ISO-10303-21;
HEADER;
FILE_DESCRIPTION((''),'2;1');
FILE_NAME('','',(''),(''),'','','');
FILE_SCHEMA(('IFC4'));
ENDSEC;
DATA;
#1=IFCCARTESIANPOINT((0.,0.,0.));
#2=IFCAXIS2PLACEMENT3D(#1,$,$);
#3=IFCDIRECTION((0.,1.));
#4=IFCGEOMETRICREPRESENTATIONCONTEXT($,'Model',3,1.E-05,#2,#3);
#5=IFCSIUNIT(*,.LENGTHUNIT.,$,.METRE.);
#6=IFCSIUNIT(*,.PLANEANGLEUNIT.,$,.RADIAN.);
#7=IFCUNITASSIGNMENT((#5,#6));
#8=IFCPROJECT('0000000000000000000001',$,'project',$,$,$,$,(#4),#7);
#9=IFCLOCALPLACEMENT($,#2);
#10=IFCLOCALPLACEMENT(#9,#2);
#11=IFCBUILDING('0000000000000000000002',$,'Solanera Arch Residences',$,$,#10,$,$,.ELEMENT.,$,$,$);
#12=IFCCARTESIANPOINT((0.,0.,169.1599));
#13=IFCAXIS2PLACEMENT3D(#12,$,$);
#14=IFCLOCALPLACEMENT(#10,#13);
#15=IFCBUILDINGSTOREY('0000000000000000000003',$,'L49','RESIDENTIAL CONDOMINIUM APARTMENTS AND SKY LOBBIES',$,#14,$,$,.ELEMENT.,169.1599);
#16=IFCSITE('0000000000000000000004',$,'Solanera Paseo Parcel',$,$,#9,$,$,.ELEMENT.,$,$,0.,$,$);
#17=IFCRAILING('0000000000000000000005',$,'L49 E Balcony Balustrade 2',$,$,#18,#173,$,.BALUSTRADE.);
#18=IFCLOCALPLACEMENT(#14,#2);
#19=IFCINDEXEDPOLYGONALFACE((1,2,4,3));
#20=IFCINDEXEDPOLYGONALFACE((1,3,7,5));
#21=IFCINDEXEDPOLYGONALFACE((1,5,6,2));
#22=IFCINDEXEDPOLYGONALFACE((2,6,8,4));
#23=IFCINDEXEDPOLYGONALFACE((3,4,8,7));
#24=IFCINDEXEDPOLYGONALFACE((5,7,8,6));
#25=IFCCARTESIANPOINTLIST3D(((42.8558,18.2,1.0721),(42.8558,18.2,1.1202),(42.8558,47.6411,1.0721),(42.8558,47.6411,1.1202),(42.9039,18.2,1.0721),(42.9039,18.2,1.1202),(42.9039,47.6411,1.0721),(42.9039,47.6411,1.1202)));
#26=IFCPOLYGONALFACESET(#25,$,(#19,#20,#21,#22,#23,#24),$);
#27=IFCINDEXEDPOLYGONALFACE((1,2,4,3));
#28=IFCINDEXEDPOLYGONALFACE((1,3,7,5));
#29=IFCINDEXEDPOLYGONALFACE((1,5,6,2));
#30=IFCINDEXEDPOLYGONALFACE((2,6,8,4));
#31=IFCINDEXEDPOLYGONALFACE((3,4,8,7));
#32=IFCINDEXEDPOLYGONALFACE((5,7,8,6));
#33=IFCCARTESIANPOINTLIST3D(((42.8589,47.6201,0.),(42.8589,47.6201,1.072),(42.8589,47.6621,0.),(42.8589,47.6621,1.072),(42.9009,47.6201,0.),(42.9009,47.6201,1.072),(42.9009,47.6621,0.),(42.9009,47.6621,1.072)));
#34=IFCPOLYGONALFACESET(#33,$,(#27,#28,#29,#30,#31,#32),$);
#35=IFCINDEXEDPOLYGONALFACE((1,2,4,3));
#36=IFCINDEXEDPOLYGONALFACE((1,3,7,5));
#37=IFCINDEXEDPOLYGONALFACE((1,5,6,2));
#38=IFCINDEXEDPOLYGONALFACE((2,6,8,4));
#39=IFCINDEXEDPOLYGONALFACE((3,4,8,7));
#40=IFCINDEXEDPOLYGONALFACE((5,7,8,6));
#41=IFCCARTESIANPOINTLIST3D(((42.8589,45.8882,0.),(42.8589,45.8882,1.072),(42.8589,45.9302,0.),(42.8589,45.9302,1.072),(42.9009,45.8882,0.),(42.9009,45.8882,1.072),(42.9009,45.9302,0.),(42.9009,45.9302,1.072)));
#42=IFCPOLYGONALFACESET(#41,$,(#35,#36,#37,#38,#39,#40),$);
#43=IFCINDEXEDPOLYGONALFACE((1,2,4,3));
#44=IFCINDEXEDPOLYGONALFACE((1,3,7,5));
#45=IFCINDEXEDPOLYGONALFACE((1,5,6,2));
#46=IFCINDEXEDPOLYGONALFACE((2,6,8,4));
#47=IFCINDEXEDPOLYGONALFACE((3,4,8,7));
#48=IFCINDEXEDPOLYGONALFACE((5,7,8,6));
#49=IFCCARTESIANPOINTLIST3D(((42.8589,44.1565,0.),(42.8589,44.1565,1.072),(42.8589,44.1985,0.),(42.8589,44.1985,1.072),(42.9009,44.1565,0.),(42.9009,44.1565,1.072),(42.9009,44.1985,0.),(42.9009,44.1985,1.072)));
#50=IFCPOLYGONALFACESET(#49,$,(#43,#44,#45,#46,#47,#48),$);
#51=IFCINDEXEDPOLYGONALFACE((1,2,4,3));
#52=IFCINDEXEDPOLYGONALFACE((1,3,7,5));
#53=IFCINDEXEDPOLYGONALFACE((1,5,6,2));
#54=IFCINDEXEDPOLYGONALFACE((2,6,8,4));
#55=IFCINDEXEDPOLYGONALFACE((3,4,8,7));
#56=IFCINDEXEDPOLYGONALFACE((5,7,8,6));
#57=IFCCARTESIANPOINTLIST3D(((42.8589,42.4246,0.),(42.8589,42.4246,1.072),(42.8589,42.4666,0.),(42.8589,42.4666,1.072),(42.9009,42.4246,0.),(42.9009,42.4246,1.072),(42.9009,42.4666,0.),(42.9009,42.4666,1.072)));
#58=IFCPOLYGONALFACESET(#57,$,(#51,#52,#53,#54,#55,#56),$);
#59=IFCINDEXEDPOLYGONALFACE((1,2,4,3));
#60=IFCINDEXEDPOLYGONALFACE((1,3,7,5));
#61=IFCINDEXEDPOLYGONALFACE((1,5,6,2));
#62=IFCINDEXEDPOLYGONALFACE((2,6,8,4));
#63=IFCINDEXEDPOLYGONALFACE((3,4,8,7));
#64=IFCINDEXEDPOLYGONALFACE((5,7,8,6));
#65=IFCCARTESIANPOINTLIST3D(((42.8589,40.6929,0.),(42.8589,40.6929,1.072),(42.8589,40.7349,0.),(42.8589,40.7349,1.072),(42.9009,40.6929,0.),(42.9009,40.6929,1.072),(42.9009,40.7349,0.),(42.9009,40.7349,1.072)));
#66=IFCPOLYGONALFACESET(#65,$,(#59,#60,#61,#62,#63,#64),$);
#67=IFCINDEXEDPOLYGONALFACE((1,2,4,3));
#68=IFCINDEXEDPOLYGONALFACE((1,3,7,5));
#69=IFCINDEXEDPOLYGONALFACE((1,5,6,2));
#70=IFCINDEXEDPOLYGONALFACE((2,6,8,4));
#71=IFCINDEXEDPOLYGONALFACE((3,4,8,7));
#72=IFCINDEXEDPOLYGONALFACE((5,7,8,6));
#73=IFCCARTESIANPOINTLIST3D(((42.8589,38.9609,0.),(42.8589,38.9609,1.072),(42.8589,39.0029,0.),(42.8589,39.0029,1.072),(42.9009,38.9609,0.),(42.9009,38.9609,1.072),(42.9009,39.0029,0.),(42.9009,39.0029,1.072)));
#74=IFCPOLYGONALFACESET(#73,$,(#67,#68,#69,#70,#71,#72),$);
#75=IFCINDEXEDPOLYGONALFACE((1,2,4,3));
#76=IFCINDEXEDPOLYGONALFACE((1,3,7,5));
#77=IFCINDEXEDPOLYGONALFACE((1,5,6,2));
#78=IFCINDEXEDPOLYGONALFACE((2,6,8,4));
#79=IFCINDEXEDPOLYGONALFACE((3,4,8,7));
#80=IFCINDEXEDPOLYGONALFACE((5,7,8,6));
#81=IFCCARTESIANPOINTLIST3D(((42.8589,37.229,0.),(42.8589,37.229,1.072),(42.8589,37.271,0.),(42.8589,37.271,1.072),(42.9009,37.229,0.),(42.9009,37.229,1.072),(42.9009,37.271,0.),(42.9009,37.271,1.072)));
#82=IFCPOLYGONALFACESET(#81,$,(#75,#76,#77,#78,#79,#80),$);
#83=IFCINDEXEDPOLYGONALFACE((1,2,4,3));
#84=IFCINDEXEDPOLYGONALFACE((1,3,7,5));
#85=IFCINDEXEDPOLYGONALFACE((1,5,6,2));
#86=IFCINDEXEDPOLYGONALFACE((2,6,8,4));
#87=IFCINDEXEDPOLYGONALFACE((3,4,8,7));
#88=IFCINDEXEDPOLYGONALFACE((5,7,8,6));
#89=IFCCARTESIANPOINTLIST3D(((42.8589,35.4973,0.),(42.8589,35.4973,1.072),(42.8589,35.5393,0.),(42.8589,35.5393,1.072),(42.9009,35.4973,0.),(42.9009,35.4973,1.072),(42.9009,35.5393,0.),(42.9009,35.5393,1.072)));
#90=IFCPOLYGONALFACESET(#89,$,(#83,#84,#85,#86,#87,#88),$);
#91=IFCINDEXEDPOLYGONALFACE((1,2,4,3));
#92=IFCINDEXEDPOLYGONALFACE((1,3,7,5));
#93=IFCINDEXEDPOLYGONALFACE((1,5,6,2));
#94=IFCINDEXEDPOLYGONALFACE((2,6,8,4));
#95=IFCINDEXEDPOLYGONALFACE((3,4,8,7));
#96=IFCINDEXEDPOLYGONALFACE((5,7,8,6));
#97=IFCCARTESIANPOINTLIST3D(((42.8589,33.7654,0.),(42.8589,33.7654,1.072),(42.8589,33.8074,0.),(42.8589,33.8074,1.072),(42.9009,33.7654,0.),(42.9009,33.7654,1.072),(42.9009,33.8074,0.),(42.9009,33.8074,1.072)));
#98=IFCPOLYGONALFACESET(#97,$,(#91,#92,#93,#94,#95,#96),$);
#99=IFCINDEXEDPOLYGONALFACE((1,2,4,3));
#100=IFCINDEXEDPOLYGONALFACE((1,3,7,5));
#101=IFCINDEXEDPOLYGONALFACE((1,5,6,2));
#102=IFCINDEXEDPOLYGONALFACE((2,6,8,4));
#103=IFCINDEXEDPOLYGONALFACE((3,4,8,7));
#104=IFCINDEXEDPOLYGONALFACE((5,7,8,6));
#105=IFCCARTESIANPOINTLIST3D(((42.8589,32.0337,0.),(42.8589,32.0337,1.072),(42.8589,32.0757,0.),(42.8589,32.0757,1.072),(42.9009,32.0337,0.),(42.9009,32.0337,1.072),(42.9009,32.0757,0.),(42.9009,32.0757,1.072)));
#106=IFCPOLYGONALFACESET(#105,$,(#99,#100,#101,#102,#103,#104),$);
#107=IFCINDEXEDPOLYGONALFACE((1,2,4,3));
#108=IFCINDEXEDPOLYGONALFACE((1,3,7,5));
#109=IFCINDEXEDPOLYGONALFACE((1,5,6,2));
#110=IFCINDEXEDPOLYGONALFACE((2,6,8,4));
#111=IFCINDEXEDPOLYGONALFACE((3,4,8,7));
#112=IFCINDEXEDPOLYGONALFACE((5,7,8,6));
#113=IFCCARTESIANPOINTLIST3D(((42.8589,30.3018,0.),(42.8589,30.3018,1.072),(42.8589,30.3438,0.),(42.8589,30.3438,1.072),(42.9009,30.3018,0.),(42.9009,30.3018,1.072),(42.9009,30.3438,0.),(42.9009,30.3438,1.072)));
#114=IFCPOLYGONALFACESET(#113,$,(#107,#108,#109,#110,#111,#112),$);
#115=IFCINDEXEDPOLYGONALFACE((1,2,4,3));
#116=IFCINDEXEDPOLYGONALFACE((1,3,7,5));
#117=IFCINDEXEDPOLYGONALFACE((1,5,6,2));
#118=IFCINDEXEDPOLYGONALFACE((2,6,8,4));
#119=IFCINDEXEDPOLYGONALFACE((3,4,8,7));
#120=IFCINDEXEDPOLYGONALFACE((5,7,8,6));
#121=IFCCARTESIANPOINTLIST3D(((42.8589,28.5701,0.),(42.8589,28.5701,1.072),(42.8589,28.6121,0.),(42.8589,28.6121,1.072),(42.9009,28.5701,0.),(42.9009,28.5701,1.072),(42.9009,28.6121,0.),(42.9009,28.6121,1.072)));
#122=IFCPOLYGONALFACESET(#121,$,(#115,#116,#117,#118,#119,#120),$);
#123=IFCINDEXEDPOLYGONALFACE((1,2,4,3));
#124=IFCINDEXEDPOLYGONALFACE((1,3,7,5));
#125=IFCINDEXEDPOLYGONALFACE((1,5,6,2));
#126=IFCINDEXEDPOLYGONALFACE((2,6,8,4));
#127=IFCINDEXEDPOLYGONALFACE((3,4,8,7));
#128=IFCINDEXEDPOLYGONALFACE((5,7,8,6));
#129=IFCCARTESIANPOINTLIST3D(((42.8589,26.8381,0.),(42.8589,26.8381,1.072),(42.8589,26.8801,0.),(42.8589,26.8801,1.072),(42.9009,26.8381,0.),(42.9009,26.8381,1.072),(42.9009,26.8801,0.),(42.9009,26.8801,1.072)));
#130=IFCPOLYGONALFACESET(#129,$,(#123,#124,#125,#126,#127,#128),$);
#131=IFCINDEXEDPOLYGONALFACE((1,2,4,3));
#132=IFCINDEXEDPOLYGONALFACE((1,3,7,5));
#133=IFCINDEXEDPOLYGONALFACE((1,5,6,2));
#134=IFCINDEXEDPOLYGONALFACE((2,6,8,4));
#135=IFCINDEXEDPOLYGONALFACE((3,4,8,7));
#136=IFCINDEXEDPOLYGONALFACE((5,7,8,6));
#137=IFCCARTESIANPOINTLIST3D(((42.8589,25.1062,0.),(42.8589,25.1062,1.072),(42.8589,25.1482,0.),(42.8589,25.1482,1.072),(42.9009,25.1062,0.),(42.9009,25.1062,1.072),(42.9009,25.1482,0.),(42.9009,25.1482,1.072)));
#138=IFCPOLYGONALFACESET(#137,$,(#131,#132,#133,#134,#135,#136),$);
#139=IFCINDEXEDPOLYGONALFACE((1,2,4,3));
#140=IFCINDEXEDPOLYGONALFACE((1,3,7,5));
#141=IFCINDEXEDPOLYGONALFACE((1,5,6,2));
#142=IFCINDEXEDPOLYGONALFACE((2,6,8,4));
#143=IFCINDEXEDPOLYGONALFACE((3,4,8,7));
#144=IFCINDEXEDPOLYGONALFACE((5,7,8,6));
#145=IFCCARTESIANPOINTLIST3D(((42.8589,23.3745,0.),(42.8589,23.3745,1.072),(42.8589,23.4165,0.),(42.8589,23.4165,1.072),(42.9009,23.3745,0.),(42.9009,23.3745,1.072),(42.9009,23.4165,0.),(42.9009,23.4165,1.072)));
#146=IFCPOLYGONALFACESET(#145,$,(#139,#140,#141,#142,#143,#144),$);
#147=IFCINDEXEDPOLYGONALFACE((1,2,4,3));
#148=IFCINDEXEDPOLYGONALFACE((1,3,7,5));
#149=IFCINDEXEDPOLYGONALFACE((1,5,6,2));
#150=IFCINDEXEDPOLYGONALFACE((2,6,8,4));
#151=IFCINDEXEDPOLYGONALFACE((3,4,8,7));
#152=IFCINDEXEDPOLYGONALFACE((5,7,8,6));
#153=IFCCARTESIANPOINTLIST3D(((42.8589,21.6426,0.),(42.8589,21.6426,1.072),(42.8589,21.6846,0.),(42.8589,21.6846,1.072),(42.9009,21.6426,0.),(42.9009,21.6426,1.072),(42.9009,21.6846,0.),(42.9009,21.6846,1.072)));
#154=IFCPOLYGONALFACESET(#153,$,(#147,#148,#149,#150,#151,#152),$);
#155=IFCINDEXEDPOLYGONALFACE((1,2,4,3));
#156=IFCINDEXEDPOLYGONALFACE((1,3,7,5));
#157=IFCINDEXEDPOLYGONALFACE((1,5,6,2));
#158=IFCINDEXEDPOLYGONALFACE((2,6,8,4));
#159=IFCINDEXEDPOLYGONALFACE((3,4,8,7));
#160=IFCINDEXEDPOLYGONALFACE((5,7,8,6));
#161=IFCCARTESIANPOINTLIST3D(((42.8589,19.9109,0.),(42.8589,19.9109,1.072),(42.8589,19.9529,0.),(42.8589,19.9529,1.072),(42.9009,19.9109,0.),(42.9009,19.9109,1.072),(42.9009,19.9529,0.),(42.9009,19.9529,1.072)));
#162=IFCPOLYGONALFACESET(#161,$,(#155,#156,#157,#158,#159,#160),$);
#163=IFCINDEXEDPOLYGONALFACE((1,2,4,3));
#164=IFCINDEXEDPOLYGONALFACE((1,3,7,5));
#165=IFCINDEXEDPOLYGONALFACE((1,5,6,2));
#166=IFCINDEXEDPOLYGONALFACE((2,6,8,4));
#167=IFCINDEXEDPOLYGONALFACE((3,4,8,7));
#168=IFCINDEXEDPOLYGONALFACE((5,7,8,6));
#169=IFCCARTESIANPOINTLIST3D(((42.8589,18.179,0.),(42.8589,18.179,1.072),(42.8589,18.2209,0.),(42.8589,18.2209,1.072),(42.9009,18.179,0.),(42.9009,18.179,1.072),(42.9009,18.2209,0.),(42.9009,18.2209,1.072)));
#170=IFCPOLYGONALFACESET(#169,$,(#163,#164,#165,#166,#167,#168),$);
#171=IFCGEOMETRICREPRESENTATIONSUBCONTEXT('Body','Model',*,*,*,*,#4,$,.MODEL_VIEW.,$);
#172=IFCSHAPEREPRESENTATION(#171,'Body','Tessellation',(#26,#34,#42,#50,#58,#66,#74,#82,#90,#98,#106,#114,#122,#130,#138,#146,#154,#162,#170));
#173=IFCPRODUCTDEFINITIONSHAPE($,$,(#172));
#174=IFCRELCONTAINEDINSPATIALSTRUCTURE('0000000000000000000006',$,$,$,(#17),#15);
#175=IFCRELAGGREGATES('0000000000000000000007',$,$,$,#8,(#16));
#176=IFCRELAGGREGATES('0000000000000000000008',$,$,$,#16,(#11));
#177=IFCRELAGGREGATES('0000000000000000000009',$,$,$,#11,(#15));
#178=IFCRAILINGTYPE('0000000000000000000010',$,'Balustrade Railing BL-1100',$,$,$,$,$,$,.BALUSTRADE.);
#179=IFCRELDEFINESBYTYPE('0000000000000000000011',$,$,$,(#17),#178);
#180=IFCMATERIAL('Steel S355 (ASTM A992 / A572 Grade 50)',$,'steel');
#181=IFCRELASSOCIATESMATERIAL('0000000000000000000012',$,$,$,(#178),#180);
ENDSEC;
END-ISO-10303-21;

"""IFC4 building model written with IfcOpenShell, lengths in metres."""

from ifc_helpers import new_model, si_unit, direction, frame, origin, origin_2d, place, context, subcontext, project, spatial, rectangle, extrude, material, type_object, element, save


model = new_model("IFC4")

# Units and contexts
model_context = context("Model", 3, precision=1e-05, world=origin(), true_north=direction((0.0, 1.0)))
body_context = subcontext(model_context, "Body", "Model", "MODEL_VIEW")
ifc_project = project(units=[si_unit("LENGTHUNIT", "METRE"), si_unit("PLANEANGLEUNIT", "RADIAN")], contexts=[model_context])

# Site, building, storey
site_placement = place(None, origin())
site = spatial("IfcSite", under=ifc_project, at=site_placement, Name="Solanera Paseo Parcel", CompositionType="ELEMENT", RefElevation=0.0)
building_placement = place(site_placement, origin())
building = spatial("IfcBuilding", under=site, at=building_placement, Name="Solanera Arch Residences", CompositionType="ELEMENT")
storey_placement = place(building_placement, frame((0.0, 0.0, 169.1599)))
storey = spatial("IfcBuildingStorey", under=building, at=storey_placement, Name="L49", Description="RESIDENTIAL CONDOMINIUM APARTMENTS AND SKY LOBBIES", CompositionType="ELEMENT", Elevation=169.1599)

# Railing
ifc_material_1 = material(Name="Steel S355 (ASTM A992 / A572 Grade 50)", Category="steel")
railing_type = type_object("IfcRailingType", Name="Balustrade Railing BL-1100", PredefinedType="BALUSTRADE", material=ifc_material_1)
railing_1_placement = place(storey_placement, frame((42.8799, 47.6411, 0.0)))
element("IfcRailing", 1, at=railing_1_placement, inside=storey, type_object=railing_type, Name="L49 E Balcony Balustrade 2", PredefinedType="BALUSTRADE", context=body_context, shape_type="SweptSolid", body=[
    extrude(rectangle(XDim=0.0481, YDim=0.0481, at=origin_2d()), frame((0.0, 0.0, 1.0962), z_axis=(0.0, -1.0, 0.0), x_axis=(1.0, 0.0, 0.0)), (0.0, 0.0, 1.0), 29.4412),
    extrude(rectangle(XDim=0.042, YDim=0.042, at=origin_2d()), origin(), (0.0, 0.0, 1.0), 1.072),
    extrude(rectangle(XDim=0.042, YDim=0.042, at=origin_2d()), frame((0.0, -1.7319, 0.0)), (0.0, 0.0, 1.0), 1.072),
    extrude(rectangle(XDim=0.042, YDim=0.042, at=origin_2d()), frame((0.0, -3.4636, 0.0)), (0.0, 0.0, 1.0), 1.072),
    extrude(rectangle(XDim=0.042, YDim=0.042, at=origin_2d()), frame((0.0, -5.1956, 0.0)), (0.0, 0.0, 1.0), 1.072),
    extrude(rectangle(XDim=0.042, YDim=0.042, at=origin_2d()), frame((0.0, -6.9272, 0.0)), (0.0, 0.0, 1.0), 1.072),
    extrude(rectangle(XDim=0.042, YDim=0.042, at=origin_2d()), frame((0.0, -8.6592, 0.0)), (0.0, 0.0, 1.0), 1.072),
    extrude(rectangle(XDim=0.042, YDim=0.042, at=origin_2d()), frame((0.0, -10.3911, 0.0)), (0.0, 0.0, 1.0), 1.072),
    extrude(rectangle(XDim=0.042, YDim=0.042, at=origin_2d()), frame((0.0, -12.1228, 0.0)), (0.0, 0.0, 1.0), 1.072),
    extrude(rectangle(XDim=0.042, YDim=0.042, at=origin_2d()), frame((0.0, -13.8547, 0.0)), (0.0, 0.0, 1.0), 1.072),
    extrude(rectangle(XDim=0.042, YDim=0.042, at=origin_2d()), frame((0.0, -15.5864, 0.0)), (0.0, 0.0, 1.0), 1.072),
    extrude(rectangle(XDim=0.042, YDim=0.042, at=origin_2d()), frame((0.0, -17.3184, 0.0)), (0.0, 0.0, 1.0), 1.072),
    extrude(rectangle(XDim=0.042, YDim=0.042, at=origin_2d()), frame((0.0, -19.05, 0.0)), (0.0, 0.0, 1.0), 1.072),
    extrude(rectangle(XDim=0.042, YDim=0.042, at=origin_2d()), frame((0.0, -20.782, 0.0)), (0.0, 0.0, 1.0), 1.072),
    extrude(rectangle(XDim=0.042, YDim=0.042, at=origin_2d()), frame((0.0, -22.5139, 0.0)), (0.0, 0.0, 1.0), 1.072),
    extrude(rectangle(XDim=0.042, YDim=0.042, at=origin_2d()), frame((0.0, -24.2456, 0.0)), (0.0, 0.0, 1.0), 1.072),
    extrude(rectangle(XDim=0.042, YDim=0.042, at=origin_2d()), frame((0.0, -25.9775, 0.0)), (0.0, 0.0, 1.0), 1.072),
    extrude(rectangle(XDim=0.042, YDim=0.042, at=origin_2d()), frame((0.0, -27.7092, 0.0)), (0.0, 0.0, 1.0), 1.072),
    extrude(rectangle(XDim=0.042, YDim=0.042, at=origin_2d()), frame((0.0, -29.4412, 0.0)), (0.0, 0.0, 1.0), 1.072),
])

save(model, "model.ifc")
